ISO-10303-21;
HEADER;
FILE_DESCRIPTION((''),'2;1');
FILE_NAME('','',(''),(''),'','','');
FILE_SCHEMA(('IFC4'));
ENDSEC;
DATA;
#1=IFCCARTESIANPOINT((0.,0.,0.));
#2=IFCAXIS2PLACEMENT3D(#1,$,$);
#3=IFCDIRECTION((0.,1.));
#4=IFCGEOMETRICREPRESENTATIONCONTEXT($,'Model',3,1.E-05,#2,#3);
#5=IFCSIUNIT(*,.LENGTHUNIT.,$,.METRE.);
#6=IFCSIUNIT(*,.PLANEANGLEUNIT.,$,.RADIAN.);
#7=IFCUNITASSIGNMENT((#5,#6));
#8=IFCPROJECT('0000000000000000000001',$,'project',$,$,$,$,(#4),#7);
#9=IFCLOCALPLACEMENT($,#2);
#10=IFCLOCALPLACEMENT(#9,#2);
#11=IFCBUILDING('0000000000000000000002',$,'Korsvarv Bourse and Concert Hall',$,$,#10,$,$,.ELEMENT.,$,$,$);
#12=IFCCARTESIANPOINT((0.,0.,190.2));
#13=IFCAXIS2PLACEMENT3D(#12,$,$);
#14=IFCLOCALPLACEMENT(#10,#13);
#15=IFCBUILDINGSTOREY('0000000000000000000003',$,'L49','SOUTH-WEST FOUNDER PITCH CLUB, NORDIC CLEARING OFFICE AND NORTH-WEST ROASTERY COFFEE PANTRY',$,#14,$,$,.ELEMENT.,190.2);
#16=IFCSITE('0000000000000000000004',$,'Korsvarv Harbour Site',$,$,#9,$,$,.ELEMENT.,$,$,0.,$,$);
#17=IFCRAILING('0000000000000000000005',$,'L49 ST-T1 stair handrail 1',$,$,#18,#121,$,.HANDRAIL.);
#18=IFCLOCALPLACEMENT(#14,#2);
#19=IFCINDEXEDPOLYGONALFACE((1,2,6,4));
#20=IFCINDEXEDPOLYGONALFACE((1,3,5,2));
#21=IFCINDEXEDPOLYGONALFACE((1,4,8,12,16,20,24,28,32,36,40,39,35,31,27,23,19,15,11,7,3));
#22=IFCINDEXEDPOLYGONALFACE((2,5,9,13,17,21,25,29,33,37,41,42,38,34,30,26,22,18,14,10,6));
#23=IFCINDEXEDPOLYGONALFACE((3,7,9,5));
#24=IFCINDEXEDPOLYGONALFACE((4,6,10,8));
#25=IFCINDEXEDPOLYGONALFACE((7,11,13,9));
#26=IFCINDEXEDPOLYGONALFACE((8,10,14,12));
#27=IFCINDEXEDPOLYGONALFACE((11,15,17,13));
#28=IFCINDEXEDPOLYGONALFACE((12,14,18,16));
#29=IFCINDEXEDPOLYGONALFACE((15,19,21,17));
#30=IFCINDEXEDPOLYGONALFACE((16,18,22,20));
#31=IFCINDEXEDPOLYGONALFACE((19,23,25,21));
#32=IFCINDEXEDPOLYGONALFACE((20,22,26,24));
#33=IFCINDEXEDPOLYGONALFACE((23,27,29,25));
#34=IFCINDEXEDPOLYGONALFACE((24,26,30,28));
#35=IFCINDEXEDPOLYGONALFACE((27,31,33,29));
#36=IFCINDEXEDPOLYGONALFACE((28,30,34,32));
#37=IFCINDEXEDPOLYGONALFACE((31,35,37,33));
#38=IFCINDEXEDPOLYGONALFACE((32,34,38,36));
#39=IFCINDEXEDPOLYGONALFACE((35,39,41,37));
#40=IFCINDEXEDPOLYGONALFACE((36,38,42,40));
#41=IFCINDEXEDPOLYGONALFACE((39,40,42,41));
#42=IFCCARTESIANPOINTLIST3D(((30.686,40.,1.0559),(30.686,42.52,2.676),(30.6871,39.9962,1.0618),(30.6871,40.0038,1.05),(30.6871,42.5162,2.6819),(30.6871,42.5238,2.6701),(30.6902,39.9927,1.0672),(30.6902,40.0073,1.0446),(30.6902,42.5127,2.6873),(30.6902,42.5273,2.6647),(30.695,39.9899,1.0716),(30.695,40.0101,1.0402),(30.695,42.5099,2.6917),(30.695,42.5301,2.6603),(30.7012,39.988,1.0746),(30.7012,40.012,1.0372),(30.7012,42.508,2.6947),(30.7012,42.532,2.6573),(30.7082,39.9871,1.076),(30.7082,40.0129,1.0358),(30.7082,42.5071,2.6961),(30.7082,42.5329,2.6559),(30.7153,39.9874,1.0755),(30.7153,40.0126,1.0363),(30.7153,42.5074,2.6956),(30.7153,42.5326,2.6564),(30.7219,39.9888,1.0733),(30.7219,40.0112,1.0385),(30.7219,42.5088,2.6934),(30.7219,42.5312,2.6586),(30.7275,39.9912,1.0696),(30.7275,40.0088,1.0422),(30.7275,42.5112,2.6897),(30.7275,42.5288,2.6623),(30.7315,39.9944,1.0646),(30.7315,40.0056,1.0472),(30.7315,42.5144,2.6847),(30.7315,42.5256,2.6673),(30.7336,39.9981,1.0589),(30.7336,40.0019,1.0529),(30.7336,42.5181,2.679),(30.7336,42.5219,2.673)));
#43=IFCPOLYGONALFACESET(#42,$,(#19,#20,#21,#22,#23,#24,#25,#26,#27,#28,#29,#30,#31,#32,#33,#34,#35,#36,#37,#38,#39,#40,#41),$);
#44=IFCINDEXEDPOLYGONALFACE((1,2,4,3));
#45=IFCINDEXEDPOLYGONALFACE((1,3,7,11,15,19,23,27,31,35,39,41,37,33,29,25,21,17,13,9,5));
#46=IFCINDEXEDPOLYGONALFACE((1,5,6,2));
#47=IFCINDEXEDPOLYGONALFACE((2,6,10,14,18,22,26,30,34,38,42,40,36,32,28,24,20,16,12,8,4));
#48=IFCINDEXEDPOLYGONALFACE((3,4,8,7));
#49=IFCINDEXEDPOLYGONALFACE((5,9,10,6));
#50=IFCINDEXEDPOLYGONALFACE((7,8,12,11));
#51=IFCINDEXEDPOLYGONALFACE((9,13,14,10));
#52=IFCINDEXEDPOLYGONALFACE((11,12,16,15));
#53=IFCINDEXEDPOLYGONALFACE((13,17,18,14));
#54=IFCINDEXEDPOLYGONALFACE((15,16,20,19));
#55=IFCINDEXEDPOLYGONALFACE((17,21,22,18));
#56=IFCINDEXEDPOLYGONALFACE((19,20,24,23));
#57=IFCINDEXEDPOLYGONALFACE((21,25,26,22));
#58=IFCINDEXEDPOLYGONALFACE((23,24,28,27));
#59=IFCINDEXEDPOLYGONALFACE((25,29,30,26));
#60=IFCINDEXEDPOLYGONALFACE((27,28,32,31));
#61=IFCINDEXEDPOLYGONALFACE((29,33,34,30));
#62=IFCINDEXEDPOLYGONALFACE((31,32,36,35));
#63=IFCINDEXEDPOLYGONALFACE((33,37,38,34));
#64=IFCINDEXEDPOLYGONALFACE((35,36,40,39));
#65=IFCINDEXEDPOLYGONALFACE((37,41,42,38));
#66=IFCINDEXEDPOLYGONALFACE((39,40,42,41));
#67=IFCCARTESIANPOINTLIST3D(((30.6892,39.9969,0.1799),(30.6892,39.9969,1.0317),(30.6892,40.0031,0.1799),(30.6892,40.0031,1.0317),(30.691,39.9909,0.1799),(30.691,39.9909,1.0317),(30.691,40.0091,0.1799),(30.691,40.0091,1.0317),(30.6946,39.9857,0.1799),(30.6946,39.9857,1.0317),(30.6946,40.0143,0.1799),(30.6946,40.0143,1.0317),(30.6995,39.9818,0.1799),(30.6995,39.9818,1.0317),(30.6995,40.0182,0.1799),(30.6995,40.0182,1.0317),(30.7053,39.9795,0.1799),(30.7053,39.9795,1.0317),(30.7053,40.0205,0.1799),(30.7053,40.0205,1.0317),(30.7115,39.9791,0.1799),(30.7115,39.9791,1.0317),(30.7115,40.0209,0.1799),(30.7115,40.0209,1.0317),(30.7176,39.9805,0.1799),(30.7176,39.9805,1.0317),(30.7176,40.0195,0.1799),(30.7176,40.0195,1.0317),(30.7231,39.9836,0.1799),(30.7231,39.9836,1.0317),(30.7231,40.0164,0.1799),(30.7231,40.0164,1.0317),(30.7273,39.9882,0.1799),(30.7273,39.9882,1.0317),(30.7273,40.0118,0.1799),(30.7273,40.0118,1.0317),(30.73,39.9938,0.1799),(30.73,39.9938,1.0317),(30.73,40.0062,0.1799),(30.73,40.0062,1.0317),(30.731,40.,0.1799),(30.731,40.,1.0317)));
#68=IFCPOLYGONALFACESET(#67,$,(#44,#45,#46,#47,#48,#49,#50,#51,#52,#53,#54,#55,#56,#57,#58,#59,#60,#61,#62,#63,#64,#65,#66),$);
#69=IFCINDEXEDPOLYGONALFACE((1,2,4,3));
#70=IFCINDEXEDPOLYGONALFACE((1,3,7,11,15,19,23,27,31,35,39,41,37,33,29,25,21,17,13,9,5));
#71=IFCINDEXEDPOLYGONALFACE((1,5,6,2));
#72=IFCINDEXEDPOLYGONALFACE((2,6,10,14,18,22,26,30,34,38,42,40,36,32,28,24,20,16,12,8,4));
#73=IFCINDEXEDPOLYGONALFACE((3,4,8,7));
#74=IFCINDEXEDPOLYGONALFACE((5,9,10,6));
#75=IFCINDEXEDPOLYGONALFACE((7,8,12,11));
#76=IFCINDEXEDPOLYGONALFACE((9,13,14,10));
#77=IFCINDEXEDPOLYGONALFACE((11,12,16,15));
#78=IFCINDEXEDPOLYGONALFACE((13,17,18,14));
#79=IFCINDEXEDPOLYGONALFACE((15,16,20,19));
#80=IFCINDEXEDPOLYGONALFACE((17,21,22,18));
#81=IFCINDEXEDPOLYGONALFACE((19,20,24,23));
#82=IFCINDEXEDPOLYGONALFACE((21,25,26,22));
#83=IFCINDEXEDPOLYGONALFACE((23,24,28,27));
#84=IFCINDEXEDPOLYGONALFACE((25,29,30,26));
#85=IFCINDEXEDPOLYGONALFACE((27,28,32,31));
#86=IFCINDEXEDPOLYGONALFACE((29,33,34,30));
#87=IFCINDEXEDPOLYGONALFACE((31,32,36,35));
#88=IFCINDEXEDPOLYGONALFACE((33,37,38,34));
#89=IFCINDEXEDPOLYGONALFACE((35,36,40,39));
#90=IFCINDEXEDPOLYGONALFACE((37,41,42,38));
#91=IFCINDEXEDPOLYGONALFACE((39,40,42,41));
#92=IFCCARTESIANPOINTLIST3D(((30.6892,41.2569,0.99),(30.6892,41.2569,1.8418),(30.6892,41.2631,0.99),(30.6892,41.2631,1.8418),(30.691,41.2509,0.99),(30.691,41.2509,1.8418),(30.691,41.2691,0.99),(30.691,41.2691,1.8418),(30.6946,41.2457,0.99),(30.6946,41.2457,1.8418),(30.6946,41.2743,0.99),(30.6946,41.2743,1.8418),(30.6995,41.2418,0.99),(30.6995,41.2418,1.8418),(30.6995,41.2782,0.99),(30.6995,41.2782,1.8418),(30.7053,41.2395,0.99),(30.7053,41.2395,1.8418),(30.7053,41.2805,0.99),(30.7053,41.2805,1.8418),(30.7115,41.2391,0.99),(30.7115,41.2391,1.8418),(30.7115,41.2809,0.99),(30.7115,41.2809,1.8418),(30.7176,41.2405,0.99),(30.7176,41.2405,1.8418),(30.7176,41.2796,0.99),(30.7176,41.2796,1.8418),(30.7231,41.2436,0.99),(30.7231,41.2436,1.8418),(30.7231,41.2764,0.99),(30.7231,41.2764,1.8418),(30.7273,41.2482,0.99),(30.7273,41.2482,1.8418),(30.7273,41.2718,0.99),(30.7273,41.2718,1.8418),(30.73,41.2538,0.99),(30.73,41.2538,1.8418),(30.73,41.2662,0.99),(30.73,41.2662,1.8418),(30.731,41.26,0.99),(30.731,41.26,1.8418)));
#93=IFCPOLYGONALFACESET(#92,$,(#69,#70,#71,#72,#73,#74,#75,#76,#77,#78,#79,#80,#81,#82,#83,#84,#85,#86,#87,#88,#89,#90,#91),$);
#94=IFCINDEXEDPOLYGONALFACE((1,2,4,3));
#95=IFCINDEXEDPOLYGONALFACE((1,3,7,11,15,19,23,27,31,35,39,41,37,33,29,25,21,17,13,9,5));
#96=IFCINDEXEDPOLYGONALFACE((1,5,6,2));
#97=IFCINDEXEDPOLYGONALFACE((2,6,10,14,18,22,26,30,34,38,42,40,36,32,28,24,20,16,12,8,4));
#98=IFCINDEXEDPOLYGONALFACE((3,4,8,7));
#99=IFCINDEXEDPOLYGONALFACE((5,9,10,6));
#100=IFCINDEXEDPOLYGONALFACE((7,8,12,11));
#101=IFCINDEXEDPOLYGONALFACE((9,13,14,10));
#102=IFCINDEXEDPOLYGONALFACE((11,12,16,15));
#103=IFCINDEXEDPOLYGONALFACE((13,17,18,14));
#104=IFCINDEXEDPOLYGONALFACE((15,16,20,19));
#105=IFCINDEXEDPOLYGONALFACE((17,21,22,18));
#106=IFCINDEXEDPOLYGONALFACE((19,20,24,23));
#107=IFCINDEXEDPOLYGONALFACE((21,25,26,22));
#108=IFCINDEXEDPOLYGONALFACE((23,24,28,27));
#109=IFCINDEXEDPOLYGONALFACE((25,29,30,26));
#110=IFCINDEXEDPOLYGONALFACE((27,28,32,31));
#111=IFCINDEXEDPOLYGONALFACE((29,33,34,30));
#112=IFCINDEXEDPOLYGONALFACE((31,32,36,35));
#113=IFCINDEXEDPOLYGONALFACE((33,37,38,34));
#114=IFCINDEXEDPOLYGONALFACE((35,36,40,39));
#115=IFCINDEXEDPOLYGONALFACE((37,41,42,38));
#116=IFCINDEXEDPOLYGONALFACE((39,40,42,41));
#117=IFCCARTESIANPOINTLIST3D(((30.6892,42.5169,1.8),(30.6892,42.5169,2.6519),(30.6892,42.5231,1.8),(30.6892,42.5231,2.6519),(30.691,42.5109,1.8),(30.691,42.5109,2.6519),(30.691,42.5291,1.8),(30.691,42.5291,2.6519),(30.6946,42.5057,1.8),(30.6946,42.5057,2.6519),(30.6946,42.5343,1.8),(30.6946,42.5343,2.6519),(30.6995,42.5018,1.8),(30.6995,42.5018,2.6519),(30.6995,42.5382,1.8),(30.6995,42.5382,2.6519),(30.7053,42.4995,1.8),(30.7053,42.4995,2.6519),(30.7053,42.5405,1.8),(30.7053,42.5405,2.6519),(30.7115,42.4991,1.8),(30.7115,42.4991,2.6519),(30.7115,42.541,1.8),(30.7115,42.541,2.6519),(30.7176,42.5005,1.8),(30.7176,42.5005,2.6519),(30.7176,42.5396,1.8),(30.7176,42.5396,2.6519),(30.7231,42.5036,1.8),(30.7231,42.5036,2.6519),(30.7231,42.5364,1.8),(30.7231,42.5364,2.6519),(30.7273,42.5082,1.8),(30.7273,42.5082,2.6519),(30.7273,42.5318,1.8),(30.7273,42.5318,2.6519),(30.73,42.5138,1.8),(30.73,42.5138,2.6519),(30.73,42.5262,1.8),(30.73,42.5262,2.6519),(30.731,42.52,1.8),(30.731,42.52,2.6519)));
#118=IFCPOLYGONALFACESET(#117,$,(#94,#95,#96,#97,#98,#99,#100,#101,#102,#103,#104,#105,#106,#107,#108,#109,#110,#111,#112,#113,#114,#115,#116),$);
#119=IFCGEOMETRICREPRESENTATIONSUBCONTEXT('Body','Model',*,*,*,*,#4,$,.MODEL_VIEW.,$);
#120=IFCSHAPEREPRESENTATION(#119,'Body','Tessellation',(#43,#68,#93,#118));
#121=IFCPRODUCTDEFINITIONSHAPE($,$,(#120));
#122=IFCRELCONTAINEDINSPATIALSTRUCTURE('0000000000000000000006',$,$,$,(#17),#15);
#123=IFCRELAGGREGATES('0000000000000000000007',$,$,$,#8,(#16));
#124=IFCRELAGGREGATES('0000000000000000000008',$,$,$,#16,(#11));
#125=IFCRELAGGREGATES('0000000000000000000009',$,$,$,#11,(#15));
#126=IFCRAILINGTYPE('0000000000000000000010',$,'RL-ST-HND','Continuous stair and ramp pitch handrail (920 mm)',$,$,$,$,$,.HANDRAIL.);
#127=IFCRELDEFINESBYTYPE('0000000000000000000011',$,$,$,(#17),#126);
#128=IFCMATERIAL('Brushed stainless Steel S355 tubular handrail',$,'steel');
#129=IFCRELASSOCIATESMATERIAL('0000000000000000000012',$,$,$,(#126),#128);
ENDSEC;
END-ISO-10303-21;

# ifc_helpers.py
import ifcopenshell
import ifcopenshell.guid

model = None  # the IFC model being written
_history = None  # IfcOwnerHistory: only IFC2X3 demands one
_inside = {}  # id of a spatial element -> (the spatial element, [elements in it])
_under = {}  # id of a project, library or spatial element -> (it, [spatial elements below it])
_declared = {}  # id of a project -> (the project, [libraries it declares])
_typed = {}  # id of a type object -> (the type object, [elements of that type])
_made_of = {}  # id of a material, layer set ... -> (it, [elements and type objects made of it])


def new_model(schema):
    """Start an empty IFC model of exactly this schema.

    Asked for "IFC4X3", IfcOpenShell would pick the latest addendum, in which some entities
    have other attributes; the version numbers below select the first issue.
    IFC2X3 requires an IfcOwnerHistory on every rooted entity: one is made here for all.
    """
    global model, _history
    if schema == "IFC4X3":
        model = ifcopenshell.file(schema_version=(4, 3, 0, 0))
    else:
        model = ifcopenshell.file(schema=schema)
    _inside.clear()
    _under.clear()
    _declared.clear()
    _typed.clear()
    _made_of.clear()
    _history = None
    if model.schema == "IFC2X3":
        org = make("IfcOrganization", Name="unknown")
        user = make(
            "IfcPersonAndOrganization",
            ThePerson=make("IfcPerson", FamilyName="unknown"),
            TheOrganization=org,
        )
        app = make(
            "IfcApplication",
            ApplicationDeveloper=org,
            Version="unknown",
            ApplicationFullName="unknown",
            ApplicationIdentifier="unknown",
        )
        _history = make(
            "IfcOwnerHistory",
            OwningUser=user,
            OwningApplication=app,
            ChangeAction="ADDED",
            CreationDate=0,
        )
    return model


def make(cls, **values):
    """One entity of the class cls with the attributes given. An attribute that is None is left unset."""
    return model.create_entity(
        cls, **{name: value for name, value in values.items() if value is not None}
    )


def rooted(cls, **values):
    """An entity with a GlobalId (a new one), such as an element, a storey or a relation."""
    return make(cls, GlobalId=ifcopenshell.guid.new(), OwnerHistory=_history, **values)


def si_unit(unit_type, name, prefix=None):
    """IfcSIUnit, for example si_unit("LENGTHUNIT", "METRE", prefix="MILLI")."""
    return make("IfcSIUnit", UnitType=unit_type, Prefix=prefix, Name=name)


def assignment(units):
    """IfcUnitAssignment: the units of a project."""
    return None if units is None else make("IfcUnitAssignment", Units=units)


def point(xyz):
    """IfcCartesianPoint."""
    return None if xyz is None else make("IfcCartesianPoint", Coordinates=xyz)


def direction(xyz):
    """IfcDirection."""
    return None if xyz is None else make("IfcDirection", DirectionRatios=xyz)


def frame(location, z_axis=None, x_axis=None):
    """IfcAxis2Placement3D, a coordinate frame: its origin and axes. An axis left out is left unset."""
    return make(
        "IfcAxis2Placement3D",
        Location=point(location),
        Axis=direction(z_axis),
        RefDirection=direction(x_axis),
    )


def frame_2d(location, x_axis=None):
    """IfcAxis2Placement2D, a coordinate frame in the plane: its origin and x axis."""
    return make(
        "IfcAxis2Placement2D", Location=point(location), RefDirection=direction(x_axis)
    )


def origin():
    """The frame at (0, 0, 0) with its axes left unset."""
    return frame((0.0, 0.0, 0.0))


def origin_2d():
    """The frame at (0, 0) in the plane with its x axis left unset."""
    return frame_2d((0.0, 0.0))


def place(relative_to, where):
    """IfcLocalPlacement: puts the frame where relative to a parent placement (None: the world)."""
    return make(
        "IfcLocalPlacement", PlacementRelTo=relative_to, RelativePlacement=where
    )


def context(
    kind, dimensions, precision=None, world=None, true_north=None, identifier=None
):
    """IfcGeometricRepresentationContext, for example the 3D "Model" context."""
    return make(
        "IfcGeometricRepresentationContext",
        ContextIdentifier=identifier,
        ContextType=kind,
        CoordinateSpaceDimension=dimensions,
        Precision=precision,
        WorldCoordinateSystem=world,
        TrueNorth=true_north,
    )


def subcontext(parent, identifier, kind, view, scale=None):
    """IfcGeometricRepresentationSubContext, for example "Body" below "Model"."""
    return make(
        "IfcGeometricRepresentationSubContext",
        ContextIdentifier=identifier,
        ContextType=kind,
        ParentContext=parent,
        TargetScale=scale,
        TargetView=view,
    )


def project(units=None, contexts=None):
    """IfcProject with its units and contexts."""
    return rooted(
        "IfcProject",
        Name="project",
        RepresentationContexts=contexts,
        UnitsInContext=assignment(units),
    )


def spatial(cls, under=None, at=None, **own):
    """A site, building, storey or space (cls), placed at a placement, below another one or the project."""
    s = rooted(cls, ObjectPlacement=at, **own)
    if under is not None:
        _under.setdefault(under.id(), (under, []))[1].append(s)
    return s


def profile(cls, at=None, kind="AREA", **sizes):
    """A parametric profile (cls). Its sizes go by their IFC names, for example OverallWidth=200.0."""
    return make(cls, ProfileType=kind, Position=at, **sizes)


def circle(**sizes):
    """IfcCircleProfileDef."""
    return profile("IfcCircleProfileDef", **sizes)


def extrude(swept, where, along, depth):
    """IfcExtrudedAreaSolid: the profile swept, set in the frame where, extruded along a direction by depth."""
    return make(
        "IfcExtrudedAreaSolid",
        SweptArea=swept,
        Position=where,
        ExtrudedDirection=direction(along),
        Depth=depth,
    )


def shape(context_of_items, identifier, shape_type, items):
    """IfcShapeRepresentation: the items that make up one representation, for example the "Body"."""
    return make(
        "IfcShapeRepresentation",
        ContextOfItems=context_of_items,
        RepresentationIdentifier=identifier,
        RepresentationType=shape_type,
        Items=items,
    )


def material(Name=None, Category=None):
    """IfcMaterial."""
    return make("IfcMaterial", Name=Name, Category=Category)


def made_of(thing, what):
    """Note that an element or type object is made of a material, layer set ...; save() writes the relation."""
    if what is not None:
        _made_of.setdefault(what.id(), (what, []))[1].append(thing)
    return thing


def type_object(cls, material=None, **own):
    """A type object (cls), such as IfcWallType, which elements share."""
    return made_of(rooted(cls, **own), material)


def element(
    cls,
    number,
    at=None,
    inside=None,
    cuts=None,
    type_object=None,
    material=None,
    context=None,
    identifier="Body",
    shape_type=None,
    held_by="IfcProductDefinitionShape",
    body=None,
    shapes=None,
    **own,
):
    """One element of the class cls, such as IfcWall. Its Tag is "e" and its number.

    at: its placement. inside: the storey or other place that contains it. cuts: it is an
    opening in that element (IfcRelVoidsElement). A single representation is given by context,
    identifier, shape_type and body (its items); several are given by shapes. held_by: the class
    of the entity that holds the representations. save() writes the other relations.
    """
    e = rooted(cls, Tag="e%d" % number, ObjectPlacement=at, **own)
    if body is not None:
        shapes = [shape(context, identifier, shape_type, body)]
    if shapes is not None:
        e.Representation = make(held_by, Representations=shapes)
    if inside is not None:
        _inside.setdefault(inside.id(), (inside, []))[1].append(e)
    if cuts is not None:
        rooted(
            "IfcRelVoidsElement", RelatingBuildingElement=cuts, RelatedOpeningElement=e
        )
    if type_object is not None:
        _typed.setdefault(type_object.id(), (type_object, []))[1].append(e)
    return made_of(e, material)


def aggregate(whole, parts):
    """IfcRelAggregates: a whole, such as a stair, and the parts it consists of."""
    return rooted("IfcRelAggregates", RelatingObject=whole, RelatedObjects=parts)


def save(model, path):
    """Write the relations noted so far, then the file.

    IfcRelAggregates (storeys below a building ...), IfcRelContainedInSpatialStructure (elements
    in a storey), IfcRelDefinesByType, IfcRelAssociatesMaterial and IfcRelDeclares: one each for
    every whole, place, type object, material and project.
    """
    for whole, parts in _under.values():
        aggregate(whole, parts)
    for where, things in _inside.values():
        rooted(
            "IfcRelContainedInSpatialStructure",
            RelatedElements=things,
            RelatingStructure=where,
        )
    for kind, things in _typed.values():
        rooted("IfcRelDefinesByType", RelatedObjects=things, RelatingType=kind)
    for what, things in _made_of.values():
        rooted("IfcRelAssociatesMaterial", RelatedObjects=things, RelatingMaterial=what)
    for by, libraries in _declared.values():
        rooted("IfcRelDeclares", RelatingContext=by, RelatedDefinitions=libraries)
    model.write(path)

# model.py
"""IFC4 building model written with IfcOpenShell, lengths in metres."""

from ifc_helpers import new_model, si_unit, direction, frame, origin, origin_2d, place, context, subcontext, project, spatial, circle, extrude, material, type_object, element, save


model = new_model("IFC4")

# Units and contexts
model_context = context("Model", 3, precision=1e-05, world=origin(), true_north=direction((0.0, 1.0)))
body_context = subcontext(model_context, "Body", "Model", "MODEL_VIEW")
ifc_project = project(units=[si_unit("LENGTHUNIT", "METRE"), si_unit("PLANEANGLEUNIT", "RADIAN")], contexts=[model_context])

# Site, building, storey
site_placement = place(None, origin())
site = spatial("IfcSite", under=ifc_project, at=site_placement, Name="Korsvarv Harbour Site", CompositionType="ELEMENT", RefElevation=0.0)
building_placement = place(site_placement, origin())
building = spatial("IfcBuilding", under=site, at=building_placement, Name="Korsvarv Bourse and Concert Hall", CompositionType="ELEMENT")
storey_placement = place(building_placement, frame((0.0, 0.0, 190.2)))
storey = spatial("IfcBuildingStorey", under=building, at=storey_placement, Name="L49", Description="SOUTH-WEST FOUNDER PITCH CLUB, NORDIC CLEARING OFFICE AND NORTH-WEST ROASTERY COFFEE PANTRY", CompositionType="ELEMENT", Elevation=190.2)

# Railing
ifc_material_1 = material(Name="Brushed stainless Steel S355 tubular handrail", Category="steel")
railing_type_1 = type_object("IfcRailingType", Name="RL-ST-HND", Description="Continuous stair and ramp pitch handrail (920 mm)", PredefinedType="HANDRAIL", material=ifc_material_1)
railing_1_placement = place(storey_placement, frame((30.71, 40.0, 0.1799)))
element("IfcRailing", 1, at=railing_1_placement, inside=storey, type_object=railing_type_1, Name="L49 ST-T1 stair handrail 1", PredefinedType="HANDRAIL", context=body_context, shape_type="SweptSolid", body=[
    extrude(circle(Radius=0.0239, at=origin_2d()), frame((0.0, 0.0, 0.876), z_axis=(0.0, 0.841163, 0.540782), x_axis=(-1.0, 0.0, 0.0)), (0.0, 0.0, 1.0), 2.9958),
    extrude(circle(Radius=0.021, at=origin_2d()), origin(), (0.0, 0.0, 1.0), 0.8518),
    extrude(circle(Radius=0.021, at=origin_2d()), frame((0.0, 1.26, 0.8101)), (0.0, 0.0, 1.0), 0.8518),
    extrude(circle(Radius=0.021, at=origin_2d()), frame((0.0, 2.52, 1.6201)), (0.0, 0.0, 1.0), 0.8518),
])

save(model, "model.ifc")
